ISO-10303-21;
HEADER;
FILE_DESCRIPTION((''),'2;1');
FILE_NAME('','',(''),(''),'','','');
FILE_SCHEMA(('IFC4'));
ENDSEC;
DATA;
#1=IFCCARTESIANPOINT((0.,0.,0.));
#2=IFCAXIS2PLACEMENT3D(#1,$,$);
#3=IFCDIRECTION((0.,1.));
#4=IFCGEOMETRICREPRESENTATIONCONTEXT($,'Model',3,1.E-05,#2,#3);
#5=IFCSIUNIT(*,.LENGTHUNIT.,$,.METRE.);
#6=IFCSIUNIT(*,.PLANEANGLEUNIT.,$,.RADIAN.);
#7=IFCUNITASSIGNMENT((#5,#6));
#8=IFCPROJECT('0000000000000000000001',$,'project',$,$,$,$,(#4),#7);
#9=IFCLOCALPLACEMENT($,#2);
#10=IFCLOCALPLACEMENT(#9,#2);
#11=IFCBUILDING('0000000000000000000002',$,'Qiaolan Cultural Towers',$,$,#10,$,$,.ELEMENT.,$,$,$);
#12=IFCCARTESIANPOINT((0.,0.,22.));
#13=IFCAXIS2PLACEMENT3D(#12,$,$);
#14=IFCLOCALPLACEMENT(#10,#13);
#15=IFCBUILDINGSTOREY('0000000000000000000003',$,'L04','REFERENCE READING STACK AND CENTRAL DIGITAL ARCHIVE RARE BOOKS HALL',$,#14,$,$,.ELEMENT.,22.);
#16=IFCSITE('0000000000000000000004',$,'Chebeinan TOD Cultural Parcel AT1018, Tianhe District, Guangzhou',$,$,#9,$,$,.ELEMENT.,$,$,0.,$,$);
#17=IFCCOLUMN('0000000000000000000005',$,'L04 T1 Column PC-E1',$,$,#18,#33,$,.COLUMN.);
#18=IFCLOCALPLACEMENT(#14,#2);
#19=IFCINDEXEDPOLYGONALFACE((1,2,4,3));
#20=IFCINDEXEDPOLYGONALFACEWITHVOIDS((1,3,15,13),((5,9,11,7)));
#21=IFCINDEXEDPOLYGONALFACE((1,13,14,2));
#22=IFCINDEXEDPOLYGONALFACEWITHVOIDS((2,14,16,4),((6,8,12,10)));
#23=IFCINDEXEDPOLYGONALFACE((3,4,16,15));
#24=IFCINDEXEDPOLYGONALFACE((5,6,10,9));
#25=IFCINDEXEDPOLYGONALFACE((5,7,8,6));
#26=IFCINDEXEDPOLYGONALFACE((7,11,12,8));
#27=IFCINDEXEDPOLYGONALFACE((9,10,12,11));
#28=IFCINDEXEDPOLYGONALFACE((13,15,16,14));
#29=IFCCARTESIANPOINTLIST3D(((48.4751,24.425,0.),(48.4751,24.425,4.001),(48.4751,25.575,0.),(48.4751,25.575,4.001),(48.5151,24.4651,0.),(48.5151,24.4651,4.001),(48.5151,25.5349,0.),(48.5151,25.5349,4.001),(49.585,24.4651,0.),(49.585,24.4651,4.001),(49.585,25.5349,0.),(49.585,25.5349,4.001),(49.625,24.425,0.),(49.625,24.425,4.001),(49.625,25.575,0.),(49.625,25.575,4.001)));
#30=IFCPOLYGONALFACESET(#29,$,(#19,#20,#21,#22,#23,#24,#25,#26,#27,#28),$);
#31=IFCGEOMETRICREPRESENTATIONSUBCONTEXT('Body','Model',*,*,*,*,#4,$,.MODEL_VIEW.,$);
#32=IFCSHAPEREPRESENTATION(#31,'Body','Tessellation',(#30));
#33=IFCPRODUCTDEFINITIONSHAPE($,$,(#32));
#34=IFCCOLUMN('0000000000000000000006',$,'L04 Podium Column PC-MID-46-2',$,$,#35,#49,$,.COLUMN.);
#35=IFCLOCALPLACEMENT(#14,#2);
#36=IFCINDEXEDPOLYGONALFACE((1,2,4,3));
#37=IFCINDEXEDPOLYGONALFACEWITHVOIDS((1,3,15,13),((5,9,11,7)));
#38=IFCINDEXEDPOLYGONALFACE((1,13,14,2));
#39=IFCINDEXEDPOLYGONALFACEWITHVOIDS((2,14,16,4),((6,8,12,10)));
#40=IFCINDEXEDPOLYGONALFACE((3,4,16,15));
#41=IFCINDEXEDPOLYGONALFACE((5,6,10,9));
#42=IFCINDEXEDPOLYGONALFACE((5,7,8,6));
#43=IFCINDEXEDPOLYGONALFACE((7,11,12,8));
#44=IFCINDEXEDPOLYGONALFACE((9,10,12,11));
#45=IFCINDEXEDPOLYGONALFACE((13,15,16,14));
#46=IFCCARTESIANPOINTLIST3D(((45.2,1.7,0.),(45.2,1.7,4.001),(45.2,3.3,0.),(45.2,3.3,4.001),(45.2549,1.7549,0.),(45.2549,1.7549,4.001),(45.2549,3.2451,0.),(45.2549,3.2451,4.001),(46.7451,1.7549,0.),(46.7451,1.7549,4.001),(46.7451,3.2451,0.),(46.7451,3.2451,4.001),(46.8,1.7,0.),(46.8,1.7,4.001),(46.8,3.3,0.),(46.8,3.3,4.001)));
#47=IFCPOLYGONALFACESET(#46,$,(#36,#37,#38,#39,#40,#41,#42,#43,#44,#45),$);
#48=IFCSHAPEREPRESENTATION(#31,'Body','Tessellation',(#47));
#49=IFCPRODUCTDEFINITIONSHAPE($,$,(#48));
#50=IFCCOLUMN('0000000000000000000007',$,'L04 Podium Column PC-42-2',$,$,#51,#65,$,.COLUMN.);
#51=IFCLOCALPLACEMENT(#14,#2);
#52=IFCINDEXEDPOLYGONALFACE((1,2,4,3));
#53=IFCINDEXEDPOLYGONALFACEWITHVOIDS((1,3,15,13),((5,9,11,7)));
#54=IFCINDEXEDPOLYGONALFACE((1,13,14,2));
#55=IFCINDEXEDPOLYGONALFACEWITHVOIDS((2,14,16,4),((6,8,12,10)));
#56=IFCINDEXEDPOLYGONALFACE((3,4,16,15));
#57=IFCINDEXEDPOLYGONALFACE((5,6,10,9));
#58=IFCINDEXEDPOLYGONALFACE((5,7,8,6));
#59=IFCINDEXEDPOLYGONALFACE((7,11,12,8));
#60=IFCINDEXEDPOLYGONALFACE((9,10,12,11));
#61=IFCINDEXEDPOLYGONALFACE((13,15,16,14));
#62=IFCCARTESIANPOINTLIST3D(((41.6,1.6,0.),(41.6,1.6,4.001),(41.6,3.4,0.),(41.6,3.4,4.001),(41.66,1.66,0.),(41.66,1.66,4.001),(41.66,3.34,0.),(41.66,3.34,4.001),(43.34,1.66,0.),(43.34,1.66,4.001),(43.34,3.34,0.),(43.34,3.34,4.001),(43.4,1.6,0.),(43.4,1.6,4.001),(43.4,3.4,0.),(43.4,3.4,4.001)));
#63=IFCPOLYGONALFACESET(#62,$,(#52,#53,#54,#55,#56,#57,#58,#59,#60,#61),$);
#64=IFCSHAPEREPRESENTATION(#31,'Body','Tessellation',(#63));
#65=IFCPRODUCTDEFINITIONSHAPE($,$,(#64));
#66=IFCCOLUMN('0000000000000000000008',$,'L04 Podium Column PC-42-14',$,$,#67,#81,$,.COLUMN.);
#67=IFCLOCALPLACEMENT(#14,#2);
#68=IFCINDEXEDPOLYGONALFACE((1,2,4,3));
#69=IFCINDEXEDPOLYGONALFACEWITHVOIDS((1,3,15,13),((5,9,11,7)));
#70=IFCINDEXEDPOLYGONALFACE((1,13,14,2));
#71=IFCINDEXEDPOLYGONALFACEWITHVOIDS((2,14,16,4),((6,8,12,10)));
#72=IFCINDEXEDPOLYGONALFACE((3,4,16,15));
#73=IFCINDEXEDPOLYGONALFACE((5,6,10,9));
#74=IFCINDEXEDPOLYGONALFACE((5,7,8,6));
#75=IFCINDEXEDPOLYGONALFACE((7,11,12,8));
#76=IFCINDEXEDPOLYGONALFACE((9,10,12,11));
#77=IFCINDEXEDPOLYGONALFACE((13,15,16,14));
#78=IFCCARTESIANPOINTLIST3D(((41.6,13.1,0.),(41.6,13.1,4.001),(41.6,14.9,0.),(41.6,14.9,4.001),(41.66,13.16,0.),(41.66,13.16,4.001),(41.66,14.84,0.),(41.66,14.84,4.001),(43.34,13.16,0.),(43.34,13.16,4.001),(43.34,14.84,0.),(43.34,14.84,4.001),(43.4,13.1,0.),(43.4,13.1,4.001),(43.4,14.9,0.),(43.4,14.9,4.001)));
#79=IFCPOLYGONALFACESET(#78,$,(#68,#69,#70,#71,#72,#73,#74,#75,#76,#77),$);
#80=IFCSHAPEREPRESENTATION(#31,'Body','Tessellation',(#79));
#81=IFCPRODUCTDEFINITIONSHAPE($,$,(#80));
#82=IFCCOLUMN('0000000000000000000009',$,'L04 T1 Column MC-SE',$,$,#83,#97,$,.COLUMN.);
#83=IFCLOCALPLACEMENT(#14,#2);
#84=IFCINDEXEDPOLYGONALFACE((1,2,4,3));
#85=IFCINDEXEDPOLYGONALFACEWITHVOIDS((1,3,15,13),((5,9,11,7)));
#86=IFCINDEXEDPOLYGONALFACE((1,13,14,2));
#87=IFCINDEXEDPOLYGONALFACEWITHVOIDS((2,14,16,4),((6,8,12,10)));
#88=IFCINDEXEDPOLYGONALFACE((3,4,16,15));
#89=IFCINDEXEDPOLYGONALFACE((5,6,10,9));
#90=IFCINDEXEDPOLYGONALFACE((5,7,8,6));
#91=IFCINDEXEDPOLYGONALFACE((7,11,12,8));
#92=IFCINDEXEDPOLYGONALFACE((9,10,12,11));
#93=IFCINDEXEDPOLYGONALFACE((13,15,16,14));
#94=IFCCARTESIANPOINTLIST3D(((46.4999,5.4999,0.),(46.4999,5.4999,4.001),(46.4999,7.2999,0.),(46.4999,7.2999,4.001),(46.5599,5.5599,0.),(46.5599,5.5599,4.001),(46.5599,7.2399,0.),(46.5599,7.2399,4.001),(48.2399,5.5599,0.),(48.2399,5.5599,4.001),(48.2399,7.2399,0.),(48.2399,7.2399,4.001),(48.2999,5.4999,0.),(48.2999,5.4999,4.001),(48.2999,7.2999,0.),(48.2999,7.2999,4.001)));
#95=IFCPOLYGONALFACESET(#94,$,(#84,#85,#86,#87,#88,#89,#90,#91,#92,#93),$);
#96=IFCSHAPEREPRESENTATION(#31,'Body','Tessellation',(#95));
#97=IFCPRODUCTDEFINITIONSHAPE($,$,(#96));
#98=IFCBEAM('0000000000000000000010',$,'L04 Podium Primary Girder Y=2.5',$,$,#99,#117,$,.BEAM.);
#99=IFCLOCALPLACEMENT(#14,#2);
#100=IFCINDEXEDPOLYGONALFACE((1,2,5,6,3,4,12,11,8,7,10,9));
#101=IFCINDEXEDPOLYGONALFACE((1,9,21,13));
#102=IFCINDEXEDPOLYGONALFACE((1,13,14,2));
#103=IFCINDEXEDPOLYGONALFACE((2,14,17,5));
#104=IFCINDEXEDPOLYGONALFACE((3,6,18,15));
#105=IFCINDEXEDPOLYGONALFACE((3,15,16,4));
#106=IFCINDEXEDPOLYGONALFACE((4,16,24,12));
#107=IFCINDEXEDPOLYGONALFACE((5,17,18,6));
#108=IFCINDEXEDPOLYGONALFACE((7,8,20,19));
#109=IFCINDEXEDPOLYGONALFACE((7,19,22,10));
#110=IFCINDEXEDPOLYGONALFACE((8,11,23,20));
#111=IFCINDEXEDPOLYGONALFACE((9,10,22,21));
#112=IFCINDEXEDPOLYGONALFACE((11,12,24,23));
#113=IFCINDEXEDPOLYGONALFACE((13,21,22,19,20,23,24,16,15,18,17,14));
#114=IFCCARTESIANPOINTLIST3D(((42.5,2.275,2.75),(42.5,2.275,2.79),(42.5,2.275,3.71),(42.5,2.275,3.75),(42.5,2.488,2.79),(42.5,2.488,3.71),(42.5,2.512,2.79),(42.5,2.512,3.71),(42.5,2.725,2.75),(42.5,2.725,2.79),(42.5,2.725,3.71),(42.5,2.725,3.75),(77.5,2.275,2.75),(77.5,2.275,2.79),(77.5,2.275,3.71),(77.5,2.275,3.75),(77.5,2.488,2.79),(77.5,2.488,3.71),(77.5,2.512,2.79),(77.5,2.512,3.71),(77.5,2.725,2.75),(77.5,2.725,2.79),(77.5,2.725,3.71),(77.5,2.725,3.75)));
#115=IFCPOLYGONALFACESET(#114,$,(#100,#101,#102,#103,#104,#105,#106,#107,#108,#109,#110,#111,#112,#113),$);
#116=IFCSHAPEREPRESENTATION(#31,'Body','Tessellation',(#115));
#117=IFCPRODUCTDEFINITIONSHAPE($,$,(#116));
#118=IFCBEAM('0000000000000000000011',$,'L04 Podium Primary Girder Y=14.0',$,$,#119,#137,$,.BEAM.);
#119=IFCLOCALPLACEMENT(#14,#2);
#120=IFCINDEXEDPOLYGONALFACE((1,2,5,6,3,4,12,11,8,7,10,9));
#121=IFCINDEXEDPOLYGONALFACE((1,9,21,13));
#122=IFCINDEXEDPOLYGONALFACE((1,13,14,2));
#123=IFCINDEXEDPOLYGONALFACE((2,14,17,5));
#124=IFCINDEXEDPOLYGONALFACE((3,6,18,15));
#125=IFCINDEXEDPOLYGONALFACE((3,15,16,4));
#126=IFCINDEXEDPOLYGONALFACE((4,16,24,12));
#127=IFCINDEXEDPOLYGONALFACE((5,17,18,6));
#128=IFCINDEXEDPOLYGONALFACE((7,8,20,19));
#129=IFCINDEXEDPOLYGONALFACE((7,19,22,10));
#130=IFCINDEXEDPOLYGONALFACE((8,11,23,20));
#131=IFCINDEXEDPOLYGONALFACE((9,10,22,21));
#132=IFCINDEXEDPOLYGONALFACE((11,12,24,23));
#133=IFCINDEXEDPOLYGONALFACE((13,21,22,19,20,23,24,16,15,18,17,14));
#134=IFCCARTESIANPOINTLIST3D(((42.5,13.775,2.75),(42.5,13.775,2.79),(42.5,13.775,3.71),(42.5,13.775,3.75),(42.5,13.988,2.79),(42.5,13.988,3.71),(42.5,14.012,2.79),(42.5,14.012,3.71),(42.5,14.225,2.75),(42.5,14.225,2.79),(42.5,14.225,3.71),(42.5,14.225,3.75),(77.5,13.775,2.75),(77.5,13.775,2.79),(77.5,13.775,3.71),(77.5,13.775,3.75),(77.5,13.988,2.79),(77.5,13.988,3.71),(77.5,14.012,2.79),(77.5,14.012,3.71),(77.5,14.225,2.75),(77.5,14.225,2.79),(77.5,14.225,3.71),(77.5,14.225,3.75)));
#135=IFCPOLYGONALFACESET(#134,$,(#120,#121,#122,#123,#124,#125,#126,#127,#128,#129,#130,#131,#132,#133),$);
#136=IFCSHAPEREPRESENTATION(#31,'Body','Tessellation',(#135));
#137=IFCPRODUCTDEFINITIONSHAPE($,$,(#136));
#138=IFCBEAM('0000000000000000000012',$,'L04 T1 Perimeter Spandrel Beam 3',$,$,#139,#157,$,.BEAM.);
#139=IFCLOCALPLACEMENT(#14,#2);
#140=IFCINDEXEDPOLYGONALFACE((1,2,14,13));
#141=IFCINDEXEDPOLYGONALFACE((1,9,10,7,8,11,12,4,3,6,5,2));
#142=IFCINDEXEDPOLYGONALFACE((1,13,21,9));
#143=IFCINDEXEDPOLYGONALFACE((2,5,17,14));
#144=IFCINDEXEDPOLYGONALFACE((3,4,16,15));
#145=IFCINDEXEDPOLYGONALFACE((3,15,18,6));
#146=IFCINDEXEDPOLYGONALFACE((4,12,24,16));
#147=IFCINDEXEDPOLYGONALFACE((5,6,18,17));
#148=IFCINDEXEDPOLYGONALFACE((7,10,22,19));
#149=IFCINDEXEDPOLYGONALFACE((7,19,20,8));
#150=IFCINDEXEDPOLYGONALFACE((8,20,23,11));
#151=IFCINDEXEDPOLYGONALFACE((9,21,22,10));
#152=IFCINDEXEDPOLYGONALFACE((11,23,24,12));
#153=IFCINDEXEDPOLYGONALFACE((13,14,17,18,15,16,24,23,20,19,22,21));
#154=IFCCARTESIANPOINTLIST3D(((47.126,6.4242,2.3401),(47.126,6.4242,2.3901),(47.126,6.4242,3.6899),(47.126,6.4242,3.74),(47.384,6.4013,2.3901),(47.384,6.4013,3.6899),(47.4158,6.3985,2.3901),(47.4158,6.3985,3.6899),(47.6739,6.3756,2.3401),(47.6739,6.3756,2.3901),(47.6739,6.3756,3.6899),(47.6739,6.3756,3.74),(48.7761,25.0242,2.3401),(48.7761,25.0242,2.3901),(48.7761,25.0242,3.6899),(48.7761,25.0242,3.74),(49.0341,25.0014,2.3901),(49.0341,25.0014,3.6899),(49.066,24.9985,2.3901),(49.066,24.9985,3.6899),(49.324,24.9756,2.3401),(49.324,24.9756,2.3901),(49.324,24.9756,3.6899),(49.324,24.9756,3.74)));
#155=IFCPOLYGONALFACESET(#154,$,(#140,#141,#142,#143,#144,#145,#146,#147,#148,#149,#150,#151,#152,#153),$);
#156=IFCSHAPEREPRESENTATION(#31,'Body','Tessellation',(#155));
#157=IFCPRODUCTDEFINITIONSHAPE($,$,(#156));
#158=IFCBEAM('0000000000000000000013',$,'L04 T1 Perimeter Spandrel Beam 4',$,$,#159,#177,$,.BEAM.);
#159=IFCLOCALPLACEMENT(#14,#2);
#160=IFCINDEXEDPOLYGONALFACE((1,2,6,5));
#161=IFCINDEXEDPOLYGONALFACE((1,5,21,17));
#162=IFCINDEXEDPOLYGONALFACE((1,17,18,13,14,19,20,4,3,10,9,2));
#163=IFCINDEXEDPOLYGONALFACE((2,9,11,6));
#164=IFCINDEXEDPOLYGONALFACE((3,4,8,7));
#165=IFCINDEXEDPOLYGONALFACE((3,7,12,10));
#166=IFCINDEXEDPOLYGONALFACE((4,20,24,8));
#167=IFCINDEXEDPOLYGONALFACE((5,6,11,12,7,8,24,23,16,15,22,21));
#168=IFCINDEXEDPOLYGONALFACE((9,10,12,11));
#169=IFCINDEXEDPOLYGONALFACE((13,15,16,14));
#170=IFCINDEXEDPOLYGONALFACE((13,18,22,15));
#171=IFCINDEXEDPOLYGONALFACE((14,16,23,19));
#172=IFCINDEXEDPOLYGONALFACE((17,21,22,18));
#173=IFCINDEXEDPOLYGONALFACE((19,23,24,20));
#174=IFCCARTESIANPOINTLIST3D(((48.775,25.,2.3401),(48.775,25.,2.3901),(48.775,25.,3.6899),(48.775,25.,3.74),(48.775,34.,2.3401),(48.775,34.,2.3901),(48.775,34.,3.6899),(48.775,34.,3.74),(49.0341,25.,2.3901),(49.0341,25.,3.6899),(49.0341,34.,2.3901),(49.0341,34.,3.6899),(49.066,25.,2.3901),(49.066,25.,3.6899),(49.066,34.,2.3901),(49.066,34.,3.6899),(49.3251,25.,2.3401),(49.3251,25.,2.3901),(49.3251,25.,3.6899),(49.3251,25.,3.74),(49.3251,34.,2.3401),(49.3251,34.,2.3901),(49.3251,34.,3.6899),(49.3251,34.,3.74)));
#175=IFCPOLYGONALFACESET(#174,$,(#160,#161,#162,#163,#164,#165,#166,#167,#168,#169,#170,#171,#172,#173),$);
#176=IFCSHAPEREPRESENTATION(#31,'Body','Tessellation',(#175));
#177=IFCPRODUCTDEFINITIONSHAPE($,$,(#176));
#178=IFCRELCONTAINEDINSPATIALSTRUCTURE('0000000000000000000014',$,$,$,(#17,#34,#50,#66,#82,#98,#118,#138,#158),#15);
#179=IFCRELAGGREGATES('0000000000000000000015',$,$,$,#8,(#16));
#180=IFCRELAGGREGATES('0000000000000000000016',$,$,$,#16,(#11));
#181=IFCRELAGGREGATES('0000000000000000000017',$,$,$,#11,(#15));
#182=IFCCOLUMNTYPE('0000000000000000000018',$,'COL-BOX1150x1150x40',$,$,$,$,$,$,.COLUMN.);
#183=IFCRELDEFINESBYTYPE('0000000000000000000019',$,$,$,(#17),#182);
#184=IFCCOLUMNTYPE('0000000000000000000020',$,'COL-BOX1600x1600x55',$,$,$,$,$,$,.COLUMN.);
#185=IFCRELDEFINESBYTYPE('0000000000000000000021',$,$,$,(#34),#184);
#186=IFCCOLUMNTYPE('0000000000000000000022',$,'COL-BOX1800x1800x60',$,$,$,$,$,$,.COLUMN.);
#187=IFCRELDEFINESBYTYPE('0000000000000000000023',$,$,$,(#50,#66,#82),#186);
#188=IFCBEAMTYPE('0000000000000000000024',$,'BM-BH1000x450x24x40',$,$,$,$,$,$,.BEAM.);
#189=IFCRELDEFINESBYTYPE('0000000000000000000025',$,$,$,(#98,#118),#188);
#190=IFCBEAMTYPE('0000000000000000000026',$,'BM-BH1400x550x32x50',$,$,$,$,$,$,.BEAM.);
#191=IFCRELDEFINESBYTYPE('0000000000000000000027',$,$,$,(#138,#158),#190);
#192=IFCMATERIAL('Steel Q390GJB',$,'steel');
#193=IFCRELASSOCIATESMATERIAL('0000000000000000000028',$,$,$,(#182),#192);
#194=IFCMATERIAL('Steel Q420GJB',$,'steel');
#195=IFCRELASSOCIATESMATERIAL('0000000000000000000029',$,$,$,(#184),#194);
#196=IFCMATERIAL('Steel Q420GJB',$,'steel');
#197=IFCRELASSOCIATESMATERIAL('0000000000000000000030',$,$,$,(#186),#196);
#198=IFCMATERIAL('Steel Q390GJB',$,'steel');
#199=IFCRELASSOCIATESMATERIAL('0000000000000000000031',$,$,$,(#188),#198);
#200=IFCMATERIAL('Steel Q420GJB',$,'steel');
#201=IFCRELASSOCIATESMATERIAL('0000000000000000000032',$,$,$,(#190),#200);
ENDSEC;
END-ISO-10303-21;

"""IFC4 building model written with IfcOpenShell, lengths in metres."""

from ifc_helpers import new_model, si_unit, direction, frame, origin, origin_2d, place, context, subcontext, project, spatial, hollow_rectangle, i_section, extrude, material, material_profile, profile_set, type_object, element, save


model = new_model("IFC4")

# Units and contexts
model_context = context("Model", 3, precision=1e-05, world=origin(), true_north=direction((0.0, 1.0)))
body_context = subcontext(model_context, "Body", "Model", "MODEL_VIEW")
ifc_project = project(units=[si_unit("LENGTHUNIT", "METRE"), si_unit("PLANEANGLEUNIT", "RADIAN")], contexts=[model_context])

# Site, building, storey
site_placement = place(None, origin())
site = spatial("IfcSite", under=ifc_project, at=site_placement, Name="Chebeinan TOD Cultural Parcel AT1018, Tianhe District, Guangzhou", CompositionType="ELEMENT", RefElevation=0.0)
building_placement = place(site_placement, origin())
building = spatial("IfcBuilding", under=site, at=building_placement, Name="Qiaolan Cultural Towers", CompositionType="ELEMENT")
storey_placement = place(building_placement, frame((0.0, 0.0, 22.0)))
storey = spatial("IfcBuildingStorey", under=building, at=storey_placement, Name="L04", Description="REFERENCE READING STACK AND CENTRAL DIGITAL ARCHIVE RARE BOOKS HALL", CompositionType="ELEMENT", Elevation=22.0)

# Columns
ifc_material_1 = material(Name="Steel Q390GJB", Category="steel")
ifc_material_profile_1 = material_profile(ifc_material_1, hollow_rectangle(XDim=1.1499, YDim=1.1499, WallThickness=0.04, at=origin_2d()), Name="BOX1150x1150x40")
ifc_profile_set_1 = profile_set([ifc_material_profile_1], Name="Steel Q390GJB")
column_type_1 = type_object("IfcColumnType", Name="COL-BOX1150x1150x40", PredefinedType="COLUMN", material=ifc_profile_set_1)
column_1_placement = place(storey_placement, frame((49.05, 25.0, 0.0), z_axis=(0.0, 0.0, 1.0), x_axis=(1.0, 0.0, 0.0)))
element("IfcColumn", 1, at=column_1_placement, inside=storey, type_object=column_type_1, Name="L04 T1 Column PC-E1", PredefinedType="COLUMN", context=body_context, shape_type="SweptSolid", body=[
    extrude(hollow_rectangle(XDim=1.1499, YDim=1.1499, WallThickness=0.04, at=origin_2d()), origin(), (0.0, 0.0, 1.0), 4.001),
])
ifc_material_2 = material(Name="Steel Q420GJB", Category="steel")
ifc_material_profile_2 = material_profile(ifc_material_2, hollow_rectangle(XDim=1.6001, YDim=1.6001, WallThickness=0.0549, at=origin_2d()), Name="BOX1600x1600x55")
ifc_profile_set_2 = profile_set([ifc_material_profile_2], Name="Steel Q420GJB")
column_type_2 = type_object("IfcColumnType", Name="COL-BOX1600x1600x55", PredefinedType="COLUMN", material=ifc_profile_set_2)
column_2_placement = place(storey_placement, frame((46.0, 2.5, 0.0), z_axis=(0.0, 0.0, 1.0), x_axis=(1.0, 0.0, 0.0)))
element("IfcColumn", 2, at=column_2_placement, inside=storey, type_object=column_type_2, Name="L04 Podium Column PC-MID-46-2", PredefinedType="COLUMN", context=body_context, shape_type="SweptSolid", body=[
    extrude(hollow_rectangle(XDim=1.6001, YDim=1.6001, WallThickness=0.0549, at=origin_2d()), origin(), (0.0, 0.0, 1.0), 4.001),
])
ifc_material_3 = material(Name="Steel Q420GJB", Category="steel")
ifc_material_profile_3 = material_profile(ifc_material_3, hollow_rectangle(XDim=1.8, YDim=1.8, WallThickness=0.0601, at=origin_2d()), Name="BOX1800x1800x60")
ifc_profile_set_3 = profile_set([ifc_material_profile_3], Name="Steel Q420GJB")
column_type_3 = type_object("IfcColumnType", Name="COL-BOX1800x1800x60", PredefinedType="COLUMN", material=ifc_profile_set_3)
for number, where, z_axis, x_axis, name in (
    (3, (42.5, 2.5, 0.0), (0.0, 0.0, 1.0), (1.0, 0.0, 0.0), "L04 Podium Column PC-42-2"),
    (4, (42.5, 14.0, 0.0), (0.0, 0.0, 1.0), (1.0, 0.0, 0.0), "L04 Podium Column PC-42-14"),
    (5, (47.3999, 6.3999, 0.0), (0.0, 0.0, 1.0), (1.0, 0.0, 0.0), "L04 T1 Column MC-SE"),
):
    element("IfcColumn", number, at=place(storey_placement, frame(where, z_axis=z_axis, x_axis=x_axis)), inside=storey, type_object=column_type_3, Name=name, PredefinedType="COLUMN", context=body_context, shape_type="SweptSolid", body=[
        extrude(hollow_rectangle(XDim=1.8, YDim=1.8, WallThickness=0.0601, at=origin_2d()), origin(), (0.0, 0.0, 1.0), 4.001),
    ])

# Beams
ifc_material_4 = material(Name="Steel Q390GJB", Category="steel")
ifc_material_profile_4 = material_profile(ifc_material_4, i_section(OverallWidth=0.45, OverallDepth=1.0, WebThickness=0.0239, FlangeThickness=0.04, at=origin_2d()), Name="BH1000x450x24x40")
ifc_profile_set_4 = profile_set([ifc_material_profile_4], Name="Steel Q390GJB")
beam_type_1 = type_object("IfcBeamType", Name="BM-BH1000x450x24x40", PredefinedType="BEAM", material=ifc_profile_set_4)
for number, where, z_axis, x_axis, name in (
    (6, (42.5, 2.5, 3.25), (1.0, 0.0, 0.0), (0.0, 1.0, 0.0), "L04 Podium Primary Girder Y=2.5"),
    (7, (42.5, 14.0, 3.25), (1.0, 0.0, 0.0), (0.0, 1.0, 0.0), "L04 Podium Primary Girder Y=14.0"),
):
    element("IfcBeam", number, at=place(storey_placement, frame(where, z_axis=z_axis, x_axis=x_axis)), inside=storey, type_object=beam_type_1, Name=name, PredefinedType="BEAM", context=body_context, shape_type="SweptSolid", body=[
        extrude(i_section(OverallWidth=0.45, OverallDepth=1.0, WebThickness=0.0239, FlangeThickness=0.04, at=origin_2d()), origin(), (0.0, 0.0, 1.0), 35.0),
    ])
ifc_material_5 = material(Name="Steel Q420GJB", Category="steel")
ifc_material_profile_5 = material_profile(ifc_material_5, i_section(OverallWidth=0.55, OverallDepth=1.3999, WebThickness=0.032, FlangeThickness=0.05, at=origin_2d()), Name="BH1400x550x32x50")
ifc_profile_set_5 = profile_set([ifc_material_profile_5], Name="Steel Q420GJB")
beam_type_2 = type_object("IfcBeamType", Name="BM-BH1400x550x32x50", PredefinedType="BEAM", material=ifc_profile_set_5)
beam_1_placement = place(storey_placement, frame((47.3999, 6.3999, 3.04), z_axis=(0.08837, 0.996088, 0.0), x_axis=(-0.996088, 0.08837, 0.0)))
element("IfcBeam", 8, at=beam_1_placement, inside=storey, type_object=beam_type_2, Name="L04 T1 Perimeter Spandrel Beam 3", PredefinedType="BEAM", context=body_context, shape_type="SweptSolid", body=[
    extrude(i_section(OverallWidth=0.55, OverallDepth=1.3999, WebThickness=0.032, FlangeThickness=0.05, at=origin_2d()), origin(), (0.0, 0.0, 1.0), 18.6731),
])
beam_2_placement = place(storey_placement, frame((49.05, 25.0, 3.04), z_axis=(0.0, 1.0, 0.0), x_axis=(-1.0, 0.0, 0.0)))
element("IfcBeam", 9, at=beam_2_placement, inside=storey, type_object=beam_type_2, Name="L04 T1 Perimeter Spandrel Beam 4", PredefinedType="BEAM", context=body_context, shape_type="SweptSolid", body=[
    extrude(i_section(OverallWidth=0.55, OverallDepth=1.3999, WebThickness=0.032, FlangeThickness=0.05, at=origin_2d()), origin(), (0.0, 0.0, 1.0), 9.0),
])

save(model, "model.ifc")
